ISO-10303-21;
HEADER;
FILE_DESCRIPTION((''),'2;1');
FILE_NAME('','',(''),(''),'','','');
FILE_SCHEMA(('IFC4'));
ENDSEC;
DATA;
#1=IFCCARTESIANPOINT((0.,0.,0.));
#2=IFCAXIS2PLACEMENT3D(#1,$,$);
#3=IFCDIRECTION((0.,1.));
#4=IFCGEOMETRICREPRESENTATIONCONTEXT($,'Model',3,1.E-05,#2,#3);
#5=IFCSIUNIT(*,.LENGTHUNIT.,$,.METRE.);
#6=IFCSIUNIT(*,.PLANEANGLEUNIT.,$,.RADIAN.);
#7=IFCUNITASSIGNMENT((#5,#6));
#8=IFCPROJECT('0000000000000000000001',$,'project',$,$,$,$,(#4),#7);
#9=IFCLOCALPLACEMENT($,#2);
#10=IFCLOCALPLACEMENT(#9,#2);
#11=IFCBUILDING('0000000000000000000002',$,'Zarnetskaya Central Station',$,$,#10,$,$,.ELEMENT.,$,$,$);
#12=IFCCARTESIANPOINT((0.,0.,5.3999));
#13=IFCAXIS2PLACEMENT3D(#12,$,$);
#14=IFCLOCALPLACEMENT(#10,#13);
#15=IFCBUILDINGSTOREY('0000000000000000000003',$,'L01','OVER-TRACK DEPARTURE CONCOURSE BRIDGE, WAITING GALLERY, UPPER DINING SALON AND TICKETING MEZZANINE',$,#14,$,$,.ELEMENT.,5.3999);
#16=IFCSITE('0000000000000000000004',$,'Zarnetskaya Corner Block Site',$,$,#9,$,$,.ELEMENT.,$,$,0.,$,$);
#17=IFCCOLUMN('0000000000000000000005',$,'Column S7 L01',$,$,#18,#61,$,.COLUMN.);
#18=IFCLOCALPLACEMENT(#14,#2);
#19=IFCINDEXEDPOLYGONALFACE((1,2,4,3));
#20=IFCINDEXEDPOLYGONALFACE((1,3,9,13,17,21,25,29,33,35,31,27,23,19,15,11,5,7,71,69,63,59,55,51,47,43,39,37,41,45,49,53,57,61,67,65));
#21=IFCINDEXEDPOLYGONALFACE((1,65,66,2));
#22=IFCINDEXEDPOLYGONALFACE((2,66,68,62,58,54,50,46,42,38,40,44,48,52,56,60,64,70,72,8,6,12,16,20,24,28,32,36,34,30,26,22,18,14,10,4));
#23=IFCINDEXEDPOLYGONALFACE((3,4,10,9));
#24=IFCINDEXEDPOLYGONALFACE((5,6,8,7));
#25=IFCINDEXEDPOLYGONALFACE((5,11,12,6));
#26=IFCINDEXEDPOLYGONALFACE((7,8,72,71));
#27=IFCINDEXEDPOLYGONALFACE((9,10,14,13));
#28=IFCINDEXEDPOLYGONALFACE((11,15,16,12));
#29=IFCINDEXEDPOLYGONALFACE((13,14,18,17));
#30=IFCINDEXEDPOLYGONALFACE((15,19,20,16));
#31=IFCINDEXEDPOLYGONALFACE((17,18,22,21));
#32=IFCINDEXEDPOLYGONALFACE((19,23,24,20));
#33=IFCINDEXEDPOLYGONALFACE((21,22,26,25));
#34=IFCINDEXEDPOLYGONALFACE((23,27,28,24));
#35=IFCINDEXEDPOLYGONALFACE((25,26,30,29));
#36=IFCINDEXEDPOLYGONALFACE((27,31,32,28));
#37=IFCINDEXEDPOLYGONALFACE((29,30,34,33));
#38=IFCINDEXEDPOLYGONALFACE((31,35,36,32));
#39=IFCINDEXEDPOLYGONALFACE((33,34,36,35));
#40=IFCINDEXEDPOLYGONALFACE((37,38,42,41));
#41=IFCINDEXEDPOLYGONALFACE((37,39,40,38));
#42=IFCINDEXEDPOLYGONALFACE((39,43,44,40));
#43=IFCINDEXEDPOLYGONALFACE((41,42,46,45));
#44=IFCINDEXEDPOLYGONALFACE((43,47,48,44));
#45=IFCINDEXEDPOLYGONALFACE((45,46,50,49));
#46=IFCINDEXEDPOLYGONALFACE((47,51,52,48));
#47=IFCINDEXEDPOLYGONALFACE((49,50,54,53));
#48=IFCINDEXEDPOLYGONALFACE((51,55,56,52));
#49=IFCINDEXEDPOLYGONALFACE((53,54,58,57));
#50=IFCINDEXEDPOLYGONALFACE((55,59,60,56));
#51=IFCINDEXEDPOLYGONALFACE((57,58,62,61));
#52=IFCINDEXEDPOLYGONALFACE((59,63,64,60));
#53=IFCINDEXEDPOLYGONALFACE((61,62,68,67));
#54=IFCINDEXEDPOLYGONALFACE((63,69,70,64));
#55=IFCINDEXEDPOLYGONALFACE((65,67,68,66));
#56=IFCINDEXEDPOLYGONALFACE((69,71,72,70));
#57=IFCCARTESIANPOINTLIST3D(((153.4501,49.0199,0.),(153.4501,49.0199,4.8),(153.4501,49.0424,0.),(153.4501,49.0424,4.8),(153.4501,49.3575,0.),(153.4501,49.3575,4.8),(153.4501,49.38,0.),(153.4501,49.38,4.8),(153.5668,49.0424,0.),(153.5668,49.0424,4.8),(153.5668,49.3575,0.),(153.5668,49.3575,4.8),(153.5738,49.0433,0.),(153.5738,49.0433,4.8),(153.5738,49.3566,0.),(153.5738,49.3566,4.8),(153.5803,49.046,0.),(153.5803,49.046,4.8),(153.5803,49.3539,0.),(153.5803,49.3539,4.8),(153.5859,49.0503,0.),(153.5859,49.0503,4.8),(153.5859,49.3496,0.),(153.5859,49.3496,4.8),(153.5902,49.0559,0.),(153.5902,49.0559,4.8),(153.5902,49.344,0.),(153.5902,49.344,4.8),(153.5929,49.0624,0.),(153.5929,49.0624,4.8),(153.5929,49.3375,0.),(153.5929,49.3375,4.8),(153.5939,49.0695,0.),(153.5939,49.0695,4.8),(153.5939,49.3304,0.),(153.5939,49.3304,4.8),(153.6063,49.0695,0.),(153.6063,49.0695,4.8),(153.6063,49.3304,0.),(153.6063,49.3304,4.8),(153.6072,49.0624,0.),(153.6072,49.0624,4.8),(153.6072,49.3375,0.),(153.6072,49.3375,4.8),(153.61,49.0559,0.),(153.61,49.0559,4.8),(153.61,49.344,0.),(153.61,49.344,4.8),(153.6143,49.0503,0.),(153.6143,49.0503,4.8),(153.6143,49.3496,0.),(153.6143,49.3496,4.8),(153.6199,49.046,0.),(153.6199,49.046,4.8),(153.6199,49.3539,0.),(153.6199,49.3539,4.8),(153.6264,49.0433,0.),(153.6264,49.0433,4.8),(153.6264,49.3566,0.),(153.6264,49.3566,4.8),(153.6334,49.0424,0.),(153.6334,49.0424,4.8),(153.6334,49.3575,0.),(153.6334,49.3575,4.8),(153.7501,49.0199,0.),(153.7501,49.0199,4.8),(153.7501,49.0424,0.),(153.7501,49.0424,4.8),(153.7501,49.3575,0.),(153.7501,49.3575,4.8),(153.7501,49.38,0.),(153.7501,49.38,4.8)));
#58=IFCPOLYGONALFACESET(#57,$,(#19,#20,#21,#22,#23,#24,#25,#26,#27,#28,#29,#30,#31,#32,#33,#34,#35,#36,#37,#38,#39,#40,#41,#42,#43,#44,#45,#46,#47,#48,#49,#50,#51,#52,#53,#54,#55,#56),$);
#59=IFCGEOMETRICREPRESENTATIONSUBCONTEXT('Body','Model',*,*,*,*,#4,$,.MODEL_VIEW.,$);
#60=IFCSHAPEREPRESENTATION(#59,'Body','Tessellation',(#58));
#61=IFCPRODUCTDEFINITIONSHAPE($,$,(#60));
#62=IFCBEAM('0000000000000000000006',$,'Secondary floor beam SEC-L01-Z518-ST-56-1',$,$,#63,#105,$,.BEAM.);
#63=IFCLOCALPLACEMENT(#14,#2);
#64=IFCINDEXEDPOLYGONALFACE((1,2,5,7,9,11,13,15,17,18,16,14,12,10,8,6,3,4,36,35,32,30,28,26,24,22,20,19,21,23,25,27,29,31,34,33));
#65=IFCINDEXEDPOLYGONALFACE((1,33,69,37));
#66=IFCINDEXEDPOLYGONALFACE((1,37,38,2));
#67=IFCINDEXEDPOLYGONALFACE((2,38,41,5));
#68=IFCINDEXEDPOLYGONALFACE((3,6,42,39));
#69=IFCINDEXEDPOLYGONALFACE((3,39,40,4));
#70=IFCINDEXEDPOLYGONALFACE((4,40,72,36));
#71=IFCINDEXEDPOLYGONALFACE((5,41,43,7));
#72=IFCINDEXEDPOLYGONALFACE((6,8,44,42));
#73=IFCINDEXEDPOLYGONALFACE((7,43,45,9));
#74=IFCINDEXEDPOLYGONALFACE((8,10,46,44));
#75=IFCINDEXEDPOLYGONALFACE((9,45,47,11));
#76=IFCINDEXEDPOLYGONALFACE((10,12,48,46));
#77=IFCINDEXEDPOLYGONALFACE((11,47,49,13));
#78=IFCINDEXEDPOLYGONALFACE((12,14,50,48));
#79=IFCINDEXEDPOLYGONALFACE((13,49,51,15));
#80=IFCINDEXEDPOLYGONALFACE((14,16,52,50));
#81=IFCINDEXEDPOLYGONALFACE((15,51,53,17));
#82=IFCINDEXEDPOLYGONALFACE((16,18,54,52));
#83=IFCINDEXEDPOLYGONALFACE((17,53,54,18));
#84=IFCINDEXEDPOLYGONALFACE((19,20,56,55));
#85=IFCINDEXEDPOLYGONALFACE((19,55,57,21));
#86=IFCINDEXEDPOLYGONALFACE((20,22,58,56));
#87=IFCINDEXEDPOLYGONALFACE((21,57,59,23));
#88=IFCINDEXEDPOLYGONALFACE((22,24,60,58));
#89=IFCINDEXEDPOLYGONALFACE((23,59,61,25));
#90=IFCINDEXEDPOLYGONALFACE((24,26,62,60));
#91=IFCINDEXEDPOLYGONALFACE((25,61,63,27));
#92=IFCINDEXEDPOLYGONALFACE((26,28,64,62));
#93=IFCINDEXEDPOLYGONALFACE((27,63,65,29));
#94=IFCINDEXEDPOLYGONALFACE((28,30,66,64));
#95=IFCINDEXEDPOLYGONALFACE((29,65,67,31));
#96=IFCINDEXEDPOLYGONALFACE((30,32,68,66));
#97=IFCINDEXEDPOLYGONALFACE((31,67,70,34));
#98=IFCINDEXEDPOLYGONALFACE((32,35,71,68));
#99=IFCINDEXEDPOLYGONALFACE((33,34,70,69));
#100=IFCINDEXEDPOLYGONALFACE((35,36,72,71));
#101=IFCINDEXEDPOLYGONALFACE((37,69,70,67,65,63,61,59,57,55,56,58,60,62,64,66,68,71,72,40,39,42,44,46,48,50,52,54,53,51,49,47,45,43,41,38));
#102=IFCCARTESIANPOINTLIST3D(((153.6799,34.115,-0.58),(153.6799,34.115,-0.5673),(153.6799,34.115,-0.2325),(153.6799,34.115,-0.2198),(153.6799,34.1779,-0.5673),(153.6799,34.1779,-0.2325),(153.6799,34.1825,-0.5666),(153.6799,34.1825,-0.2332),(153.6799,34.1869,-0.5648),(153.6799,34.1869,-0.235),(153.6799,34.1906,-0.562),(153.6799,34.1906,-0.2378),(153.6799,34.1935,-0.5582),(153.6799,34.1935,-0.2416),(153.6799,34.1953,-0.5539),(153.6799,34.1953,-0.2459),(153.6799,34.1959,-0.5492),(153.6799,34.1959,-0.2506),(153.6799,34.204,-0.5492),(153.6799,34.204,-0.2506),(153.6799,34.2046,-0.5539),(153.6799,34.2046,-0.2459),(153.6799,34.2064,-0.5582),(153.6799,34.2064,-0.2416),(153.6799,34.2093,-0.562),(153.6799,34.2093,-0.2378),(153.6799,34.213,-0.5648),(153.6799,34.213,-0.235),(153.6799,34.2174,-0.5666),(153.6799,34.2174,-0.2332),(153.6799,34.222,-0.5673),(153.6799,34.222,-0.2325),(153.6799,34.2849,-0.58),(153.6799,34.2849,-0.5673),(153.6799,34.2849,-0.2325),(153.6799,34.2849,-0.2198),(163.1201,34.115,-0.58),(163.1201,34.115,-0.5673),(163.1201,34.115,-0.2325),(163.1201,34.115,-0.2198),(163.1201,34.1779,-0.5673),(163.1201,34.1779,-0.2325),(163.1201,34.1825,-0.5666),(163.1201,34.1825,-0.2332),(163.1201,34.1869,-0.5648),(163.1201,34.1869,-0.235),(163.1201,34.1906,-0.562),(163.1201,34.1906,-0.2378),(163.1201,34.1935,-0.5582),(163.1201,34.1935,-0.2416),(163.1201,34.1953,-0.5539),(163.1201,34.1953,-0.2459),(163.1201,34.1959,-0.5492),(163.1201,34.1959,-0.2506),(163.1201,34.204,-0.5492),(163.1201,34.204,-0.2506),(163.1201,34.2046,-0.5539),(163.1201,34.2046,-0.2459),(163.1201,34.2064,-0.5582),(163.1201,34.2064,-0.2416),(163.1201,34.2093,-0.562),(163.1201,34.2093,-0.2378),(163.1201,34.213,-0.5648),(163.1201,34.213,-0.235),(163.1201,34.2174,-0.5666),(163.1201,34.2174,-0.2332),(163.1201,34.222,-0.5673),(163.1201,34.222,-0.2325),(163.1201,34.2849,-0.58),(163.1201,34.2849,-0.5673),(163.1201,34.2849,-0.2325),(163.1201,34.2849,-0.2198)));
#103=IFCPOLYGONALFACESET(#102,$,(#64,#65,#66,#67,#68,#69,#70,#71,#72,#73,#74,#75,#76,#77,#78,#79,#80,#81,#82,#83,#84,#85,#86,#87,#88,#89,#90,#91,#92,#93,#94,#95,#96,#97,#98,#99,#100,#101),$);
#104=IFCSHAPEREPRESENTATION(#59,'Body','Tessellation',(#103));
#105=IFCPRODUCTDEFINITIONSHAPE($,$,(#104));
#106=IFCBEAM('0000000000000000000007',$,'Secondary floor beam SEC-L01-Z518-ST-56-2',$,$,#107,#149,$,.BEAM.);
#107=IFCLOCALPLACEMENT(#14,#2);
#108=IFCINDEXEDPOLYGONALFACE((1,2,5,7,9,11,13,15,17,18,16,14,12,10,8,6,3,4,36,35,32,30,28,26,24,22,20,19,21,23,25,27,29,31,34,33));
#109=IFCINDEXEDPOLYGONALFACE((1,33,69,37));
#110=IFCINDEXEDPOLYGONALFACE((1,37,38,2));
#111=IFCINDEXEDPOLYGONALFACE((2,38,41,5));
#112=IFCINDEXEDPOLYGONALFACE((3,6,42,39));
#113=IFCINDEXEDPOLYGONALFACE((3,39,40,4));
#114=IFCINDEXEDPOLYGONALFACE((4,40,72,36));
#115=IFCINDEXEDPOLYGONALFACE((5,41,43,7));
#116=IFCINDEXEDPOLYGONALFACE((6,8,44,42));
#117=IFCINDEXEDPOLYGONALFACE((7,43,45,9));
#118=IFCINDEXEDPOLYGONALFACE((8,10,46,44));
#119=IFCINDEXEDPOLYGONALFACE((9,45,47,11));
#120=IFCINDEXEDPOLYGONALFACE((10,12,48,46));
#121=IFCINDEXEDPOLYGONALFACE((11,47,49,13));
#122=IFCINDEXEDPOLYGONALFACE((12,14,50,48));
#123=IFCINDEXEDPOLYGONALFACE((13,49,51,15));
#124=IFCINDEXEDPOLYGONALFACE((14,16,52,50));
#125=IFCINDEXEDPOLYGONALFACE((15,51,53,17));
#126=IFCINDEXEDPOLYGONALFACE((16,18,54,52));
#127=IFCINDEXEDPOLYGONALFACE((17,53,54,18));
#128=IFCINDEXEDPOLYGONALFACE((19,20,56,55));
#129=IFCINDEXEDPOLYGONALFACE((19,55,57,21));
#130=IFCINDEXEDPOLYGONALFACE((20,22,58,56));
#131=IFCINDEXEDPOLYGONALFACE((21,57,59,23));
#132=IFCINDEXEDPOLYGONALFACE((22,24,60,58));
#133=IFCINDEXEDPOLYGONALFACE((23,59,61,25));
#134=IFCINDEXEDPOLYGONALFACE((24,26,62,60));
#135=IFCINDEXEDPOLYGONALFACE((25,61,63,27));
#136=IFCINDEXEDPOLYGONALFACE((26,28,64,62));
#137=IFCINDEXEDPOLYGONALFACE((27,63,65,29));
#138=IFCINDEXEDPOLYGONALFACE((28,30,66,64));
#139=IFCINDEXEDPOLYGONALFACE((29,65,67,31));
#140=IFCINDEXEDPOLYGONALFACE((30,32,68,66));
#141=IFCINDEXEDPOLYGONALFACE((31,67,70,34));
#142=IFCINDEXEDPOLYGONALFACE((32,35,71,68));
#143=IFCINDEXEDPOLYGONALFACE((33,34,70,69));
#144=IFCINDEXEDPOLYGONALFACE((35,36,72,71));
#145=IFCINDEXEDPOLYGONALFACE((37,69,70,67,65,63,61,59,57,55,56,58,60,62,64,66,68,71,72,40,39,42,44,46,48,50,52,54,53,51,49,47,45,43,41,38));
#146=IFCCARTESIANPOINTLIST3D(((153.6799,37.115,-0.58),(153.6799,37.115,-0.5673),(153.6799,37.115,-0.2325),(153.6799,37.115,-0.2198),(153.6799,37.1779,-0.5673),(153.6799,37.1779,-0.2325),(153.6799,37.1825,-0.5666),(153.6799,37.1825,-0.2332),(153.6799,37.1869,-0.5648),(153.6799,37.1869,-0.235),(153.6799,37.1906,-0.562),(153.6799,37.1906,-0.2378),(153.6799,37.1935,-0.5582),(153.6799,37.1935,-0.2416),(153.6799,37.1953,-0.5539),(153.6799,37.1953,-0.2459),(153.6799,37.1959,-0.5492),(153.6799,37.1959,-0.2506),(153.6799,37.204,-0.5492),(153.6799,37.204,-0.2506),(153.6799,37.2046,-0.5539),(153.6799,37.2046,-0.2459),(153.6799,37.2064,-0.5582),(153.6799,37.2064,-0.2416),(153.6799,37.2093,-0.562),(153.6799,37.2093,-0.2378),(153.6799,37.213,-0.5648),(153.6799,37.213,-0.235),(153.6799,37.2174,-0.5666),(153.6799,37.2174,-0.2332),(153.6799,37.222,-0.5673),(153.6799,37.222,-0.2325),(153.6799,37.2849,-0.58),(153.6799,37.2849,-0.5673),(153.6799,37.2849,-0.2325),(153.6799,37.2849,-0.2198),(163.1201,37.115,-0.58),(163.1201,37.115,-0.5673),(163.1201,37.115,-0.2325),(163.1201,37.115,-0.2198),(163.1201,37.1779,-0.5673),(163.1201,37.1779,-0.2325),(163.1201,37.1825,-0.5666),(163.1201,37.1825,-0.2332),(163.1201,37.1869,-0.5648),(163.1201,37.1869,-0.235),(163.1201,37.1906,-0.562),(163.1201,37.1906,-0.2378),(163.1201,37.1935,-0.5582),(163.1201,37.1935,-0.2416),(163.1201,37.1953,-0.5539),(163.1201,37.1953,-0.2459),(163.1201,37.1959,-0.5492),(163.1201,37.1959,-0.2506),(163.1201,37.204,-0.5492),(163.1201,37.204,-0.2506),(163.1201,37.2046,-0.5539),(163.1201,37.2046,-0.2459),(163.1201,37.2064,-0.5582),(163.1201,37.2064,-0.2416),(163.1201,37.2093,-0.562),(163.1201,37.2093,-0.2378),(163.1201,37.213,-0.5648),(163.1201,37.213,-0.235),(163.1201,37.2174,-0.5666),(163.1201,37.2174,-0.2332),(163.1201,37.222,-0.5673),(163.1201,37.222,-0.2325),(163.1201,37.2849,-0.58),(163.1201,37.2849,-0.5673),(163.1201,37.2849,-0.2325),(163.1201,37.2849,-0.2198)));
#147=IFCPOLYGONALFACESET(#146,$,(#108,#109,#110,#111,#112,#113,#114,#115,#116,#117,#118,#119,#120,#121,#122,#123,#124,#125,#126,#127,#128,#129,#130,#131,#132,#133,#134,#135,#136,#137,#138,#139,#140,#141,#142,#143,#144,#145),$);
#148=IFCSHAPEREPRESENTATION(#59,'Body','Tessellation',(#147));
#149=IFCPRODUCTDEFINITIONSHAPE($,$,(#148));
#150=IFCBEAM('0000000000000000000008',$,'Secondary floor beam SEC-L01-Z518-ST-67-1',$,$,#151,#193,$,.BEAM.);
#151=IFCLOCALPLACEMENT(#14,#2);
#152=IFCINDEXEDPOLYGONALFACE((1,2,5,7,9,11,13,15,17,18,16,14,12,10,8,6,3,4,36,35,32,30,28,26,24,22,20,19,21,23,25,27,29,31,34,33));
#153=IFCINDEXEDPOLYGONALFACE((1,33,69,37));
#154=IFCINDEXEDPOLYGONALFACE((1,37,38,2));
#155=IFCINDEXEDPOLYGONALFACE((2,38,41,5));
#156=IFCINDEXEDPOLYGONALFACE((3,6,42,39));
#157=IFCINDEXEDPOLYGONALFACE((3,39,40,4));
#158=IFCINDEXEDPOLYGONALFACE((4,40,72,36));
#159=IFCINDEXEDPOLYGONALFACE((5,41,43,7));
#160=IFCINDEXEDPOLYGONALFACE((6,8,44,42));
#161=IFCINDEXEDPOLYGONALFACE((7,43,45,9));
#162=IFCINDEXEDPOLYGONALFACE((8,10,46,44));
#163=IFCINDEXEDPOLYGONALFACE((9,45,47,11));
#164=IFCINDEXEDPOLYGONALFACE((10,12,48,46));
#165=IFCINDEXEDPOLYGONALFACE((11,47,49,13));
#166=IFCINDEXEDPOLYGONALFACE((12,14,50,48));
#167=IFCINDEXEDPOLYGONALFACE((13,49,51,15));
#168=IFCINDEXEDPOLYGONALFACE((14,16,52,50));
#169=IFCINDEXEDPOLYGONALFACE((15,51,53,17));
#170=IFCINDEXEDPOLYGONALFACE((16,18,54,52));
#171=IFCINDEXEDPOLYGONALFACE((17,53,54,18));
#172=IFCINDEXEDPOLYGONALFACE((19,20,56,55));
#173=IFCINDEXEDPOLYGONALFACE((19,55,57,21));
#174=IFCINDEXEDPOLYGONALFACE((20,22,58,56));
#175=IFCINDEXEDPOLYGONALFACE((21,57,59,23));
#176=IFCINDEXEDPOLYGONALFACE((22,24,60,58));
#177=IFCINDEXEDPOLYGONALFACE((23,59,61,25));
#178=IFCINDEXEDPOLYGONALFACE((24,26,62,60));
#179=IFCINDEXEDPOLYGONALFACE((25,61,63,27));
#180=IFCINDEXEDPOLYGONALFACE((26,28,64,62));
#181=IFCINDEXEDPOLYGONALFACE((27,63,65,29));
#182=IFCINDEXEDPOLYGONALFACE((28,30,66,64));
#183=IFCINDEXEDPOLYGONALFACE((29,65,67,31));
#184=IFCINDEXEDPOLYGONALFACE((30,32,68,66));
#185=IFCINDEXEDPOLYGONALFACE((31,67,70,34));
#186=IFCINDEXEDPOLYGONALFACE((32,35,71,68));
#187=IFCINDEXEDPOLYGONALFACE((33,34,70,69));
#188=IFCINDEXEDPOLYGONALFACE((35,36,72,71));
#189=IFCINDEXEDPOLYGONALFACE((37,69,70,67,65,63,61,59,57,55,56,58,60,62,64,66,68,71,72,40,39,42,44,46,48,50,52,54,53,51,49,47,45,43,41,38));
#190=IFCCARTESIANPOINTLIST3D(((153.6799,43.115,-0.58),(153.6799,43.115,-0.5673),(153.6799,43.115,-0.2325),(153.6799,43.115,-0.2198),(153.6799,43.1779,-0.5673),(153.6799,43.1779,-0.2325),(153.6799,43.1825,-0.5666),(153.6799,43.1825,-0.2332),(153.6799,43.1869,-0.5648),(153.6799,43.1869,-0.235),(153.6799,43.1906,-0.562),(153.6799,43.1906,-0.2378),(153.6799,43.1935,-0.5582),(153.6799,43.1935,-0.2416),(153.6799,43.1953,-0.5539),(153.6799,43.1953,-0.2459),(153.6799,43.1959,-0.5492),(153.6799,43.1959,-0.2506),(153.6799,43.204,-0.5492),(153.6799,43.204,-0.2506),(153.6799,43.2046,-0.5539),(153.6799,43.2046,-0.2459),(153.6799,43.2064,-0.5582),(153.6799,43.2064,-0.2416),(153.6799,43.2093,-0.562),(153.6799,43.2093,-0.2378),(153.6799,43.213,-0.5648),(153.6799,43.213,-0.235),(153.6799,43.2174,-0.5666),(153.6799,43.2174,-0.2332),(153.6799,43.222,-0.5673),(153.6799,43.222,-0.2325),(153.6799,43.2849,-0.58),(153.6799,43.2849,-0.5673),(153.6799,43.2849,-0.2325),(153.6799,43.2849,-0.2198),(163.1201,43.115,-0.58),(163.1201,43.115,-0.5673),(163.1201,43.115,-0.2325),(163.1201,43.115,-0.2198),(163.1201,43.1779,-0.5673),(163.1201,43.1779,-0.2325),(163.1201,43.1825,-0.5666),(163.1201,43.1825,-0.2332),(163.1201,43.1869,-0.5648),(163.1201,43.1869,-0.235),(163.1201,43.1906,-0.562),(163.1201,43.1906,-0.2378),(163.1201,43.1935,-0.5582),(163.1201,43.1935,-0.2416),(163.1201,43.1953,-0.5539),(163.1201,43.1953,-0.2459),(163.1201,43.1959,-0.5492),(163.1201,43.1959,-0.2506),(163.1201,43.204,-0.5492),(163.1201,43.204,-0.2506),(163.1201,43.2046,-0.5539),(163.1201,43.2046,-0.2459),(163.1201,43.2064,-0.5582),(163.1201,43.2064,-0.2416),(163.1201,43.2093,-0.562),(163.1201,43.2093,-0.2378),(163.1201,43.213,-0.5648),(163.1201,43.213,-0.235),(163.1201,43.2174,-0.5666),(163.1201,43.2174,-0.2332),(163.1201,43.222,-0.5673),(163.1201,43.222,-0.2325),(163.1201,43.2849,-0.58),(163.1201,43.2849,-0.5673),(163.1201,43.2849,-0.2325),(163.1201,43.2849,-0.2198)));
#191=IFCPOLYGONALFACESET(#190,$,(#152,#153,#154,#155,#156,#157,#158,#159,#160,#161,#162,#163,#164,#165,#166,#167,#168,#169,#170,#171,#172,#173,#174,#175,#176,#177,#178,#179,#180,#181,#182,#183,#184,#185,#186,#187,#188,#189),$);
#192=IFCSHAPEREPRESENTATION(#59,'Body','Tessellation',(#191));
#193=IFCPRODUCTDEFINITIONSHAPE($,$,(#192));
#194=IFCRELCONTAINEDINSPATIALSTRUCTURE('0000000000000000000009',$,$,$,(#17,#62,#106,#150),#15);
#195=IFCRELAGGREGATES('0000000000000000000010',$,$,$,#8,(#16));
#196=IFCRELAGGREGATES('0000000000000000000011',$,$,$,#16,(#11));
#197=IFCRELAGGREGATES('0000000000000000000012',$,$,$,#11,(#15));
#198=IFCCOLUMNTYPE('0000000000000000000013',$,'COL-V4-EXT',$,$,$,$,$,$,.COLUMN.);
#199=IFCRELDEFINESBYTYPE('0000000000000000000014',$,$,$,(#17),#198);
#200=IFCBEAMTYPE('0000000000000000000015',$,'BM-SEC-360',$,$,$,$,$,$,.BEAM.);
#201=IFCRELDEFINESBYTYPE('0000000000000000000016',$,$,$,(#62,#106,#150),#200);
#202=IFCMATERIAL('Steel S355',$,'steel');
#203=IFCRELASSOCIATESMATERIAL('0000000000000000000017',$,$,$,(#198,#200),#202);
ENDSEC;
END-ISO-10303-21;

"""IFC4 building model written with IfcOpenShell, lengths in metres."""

from ifc_helpers import new_model, si_unit, direction, frame, origin, origin_2d, place, context, subcontext, project, spatial, i_section, extrude, material, material_profile, profile_set, type_object, element, save


model = new_model("IFC4")

# Units and contexts
model_context = context("Model", 3, precision=1e-05, world=origin(), true_north=direction((0.0, 1.0)))
body_context = subcontext(model_context, "Body", "Model", "MODEL_VIEW")
ifc_project = project(units=[si_unit("LENGTHUNIT", "METRE"), si_unit("PLANEANGLEUNIT", "RADIAN")], contexts=[model_context])

# Site, building, storey
site_placement = place(None, origin())
site = spatial("IfcSite", under=ifc_project, at=site_placement, Name="Zarnetskaya Corner Block Site", CompositionType="ELEMENT", RefElevation=0.0)
building_placement = place(site_placement, origin())
building = spatial("IfcBuilding", under=site, at=building_placement, Name="Zarnetskaya Central Station", CompositionType="ELEMENT")
storey_placement = place(building_placement, frame((0.0, 0.0, 5.3999)))
storey = spatial("IfcBuildingStorey", under=building, at=storey_placement, Name="L01", Description="OVER-TRACK DEPARTURE CONCOURSE BRIDGE, WAITING GALLERY, UPPER DINING SALON AND TICKETING MEZZANINE", CompositionType="ELEMENT", Elevation=5.3999)

# Column
ifc_material_1 = material(Name="Steel S355", Category="steel")
ifc_material_profile_1 = material_profile(ifc_material_1, i_section(OverallWidth=0.3, OverallDepth=0.3601, WebThickness=0.0125, FlangeThickness=0.0225, FilletRadius=0.0271, at=origin_2d()), Name="HEB 360")
ifc_profile_set_1 = profile_set([ifc_material_profile_1], Name="Steel S355")
column_type = type_object("IfcColumnType", Name="COL-V4-EXT", PredefinedType="COLUMN", material=ifc_profile_set_1)
column_placement = place(storey_placement, frame((153.6001, 49.2, 0.0), z_axis=(0.0, 0.0, 1.0), x_axis=(1.0, 0.0, 0.0)))
element("IfcColumn", 1, at=column_placement, inside=storey, type_object=column_type, Name="Column S7 L01", PredefinedType="COLUMN", context=body_context, shape_type="SweptSolid", body=[
    extrude(i_section(OverallWidth=0.3, OverallDepth=0.3601, WebThickness=0.0125, FlangeThickness=0.0225, FilletRadius=0.0271, at=origin_2d()), origin(), (0.0, 0.0, 1.0), 4.8),
])

# Beams
ifc_material_profile_2 = material_profile(ifc_material_1, i_section(OverallWidth=0.1699, OverallDepth=0.3601, WebThickness=0.0081, FlangeThickness=0.0127, FilletRadius=0.0181, at=origin_2d()), Name="IPE 360")
ifc_profile_set_2 = profile_set([ifc_material_profile_2], Name="Steel S355")
beam_type_1 = type_object("IfcBeamType", Name="BM-SEC-360", PredefinedType="BEAM", material=ifc_profile_set_2)
for number, where, z_axis, x_axis, name in (
    (2, (153.6799, 34.2, -0.3999), (1.0, 0.0, 0.0), (0.0, 1.0, 0.0), "Secondary floor beam SEC-L01-Z518-ST-56-1"),
    (3, (153.6799, 37.2, -0.3999), (1.0, 0.0, 0.0), (0.0, 1.0, 0.0), "Secondary floor beam SEC-L01-Z518-ST-56-2"),
    (4, (153.6799, 43.2, -0.3999), (1.0, 0.0, 0.0), (0.0, 1.0, 0.0), "Secondary floor beam SEC-L01-Z518-ST-67-1"),
):
    element("IfcBeam", number, at=place(storey_placement, frame(where, z_axis=z_axis, x_axis=x_axis)), inside=storey, type_object=beam_type_1, Name=name, PredefinedType="BEAM", context=body_context, shape_type="SweptSolid", body=[
        extrude(i_section(OverallWidth=0.1699, OverallDepth=0.3601, WebThickness=0.0081, FlangeThickness=0.0127, FilletRadius=0.0181, at=origin_2d()), origin(), (0.0, 0.0, 1.0), 9.4402),
    ])

save(model, "model.ifc")
